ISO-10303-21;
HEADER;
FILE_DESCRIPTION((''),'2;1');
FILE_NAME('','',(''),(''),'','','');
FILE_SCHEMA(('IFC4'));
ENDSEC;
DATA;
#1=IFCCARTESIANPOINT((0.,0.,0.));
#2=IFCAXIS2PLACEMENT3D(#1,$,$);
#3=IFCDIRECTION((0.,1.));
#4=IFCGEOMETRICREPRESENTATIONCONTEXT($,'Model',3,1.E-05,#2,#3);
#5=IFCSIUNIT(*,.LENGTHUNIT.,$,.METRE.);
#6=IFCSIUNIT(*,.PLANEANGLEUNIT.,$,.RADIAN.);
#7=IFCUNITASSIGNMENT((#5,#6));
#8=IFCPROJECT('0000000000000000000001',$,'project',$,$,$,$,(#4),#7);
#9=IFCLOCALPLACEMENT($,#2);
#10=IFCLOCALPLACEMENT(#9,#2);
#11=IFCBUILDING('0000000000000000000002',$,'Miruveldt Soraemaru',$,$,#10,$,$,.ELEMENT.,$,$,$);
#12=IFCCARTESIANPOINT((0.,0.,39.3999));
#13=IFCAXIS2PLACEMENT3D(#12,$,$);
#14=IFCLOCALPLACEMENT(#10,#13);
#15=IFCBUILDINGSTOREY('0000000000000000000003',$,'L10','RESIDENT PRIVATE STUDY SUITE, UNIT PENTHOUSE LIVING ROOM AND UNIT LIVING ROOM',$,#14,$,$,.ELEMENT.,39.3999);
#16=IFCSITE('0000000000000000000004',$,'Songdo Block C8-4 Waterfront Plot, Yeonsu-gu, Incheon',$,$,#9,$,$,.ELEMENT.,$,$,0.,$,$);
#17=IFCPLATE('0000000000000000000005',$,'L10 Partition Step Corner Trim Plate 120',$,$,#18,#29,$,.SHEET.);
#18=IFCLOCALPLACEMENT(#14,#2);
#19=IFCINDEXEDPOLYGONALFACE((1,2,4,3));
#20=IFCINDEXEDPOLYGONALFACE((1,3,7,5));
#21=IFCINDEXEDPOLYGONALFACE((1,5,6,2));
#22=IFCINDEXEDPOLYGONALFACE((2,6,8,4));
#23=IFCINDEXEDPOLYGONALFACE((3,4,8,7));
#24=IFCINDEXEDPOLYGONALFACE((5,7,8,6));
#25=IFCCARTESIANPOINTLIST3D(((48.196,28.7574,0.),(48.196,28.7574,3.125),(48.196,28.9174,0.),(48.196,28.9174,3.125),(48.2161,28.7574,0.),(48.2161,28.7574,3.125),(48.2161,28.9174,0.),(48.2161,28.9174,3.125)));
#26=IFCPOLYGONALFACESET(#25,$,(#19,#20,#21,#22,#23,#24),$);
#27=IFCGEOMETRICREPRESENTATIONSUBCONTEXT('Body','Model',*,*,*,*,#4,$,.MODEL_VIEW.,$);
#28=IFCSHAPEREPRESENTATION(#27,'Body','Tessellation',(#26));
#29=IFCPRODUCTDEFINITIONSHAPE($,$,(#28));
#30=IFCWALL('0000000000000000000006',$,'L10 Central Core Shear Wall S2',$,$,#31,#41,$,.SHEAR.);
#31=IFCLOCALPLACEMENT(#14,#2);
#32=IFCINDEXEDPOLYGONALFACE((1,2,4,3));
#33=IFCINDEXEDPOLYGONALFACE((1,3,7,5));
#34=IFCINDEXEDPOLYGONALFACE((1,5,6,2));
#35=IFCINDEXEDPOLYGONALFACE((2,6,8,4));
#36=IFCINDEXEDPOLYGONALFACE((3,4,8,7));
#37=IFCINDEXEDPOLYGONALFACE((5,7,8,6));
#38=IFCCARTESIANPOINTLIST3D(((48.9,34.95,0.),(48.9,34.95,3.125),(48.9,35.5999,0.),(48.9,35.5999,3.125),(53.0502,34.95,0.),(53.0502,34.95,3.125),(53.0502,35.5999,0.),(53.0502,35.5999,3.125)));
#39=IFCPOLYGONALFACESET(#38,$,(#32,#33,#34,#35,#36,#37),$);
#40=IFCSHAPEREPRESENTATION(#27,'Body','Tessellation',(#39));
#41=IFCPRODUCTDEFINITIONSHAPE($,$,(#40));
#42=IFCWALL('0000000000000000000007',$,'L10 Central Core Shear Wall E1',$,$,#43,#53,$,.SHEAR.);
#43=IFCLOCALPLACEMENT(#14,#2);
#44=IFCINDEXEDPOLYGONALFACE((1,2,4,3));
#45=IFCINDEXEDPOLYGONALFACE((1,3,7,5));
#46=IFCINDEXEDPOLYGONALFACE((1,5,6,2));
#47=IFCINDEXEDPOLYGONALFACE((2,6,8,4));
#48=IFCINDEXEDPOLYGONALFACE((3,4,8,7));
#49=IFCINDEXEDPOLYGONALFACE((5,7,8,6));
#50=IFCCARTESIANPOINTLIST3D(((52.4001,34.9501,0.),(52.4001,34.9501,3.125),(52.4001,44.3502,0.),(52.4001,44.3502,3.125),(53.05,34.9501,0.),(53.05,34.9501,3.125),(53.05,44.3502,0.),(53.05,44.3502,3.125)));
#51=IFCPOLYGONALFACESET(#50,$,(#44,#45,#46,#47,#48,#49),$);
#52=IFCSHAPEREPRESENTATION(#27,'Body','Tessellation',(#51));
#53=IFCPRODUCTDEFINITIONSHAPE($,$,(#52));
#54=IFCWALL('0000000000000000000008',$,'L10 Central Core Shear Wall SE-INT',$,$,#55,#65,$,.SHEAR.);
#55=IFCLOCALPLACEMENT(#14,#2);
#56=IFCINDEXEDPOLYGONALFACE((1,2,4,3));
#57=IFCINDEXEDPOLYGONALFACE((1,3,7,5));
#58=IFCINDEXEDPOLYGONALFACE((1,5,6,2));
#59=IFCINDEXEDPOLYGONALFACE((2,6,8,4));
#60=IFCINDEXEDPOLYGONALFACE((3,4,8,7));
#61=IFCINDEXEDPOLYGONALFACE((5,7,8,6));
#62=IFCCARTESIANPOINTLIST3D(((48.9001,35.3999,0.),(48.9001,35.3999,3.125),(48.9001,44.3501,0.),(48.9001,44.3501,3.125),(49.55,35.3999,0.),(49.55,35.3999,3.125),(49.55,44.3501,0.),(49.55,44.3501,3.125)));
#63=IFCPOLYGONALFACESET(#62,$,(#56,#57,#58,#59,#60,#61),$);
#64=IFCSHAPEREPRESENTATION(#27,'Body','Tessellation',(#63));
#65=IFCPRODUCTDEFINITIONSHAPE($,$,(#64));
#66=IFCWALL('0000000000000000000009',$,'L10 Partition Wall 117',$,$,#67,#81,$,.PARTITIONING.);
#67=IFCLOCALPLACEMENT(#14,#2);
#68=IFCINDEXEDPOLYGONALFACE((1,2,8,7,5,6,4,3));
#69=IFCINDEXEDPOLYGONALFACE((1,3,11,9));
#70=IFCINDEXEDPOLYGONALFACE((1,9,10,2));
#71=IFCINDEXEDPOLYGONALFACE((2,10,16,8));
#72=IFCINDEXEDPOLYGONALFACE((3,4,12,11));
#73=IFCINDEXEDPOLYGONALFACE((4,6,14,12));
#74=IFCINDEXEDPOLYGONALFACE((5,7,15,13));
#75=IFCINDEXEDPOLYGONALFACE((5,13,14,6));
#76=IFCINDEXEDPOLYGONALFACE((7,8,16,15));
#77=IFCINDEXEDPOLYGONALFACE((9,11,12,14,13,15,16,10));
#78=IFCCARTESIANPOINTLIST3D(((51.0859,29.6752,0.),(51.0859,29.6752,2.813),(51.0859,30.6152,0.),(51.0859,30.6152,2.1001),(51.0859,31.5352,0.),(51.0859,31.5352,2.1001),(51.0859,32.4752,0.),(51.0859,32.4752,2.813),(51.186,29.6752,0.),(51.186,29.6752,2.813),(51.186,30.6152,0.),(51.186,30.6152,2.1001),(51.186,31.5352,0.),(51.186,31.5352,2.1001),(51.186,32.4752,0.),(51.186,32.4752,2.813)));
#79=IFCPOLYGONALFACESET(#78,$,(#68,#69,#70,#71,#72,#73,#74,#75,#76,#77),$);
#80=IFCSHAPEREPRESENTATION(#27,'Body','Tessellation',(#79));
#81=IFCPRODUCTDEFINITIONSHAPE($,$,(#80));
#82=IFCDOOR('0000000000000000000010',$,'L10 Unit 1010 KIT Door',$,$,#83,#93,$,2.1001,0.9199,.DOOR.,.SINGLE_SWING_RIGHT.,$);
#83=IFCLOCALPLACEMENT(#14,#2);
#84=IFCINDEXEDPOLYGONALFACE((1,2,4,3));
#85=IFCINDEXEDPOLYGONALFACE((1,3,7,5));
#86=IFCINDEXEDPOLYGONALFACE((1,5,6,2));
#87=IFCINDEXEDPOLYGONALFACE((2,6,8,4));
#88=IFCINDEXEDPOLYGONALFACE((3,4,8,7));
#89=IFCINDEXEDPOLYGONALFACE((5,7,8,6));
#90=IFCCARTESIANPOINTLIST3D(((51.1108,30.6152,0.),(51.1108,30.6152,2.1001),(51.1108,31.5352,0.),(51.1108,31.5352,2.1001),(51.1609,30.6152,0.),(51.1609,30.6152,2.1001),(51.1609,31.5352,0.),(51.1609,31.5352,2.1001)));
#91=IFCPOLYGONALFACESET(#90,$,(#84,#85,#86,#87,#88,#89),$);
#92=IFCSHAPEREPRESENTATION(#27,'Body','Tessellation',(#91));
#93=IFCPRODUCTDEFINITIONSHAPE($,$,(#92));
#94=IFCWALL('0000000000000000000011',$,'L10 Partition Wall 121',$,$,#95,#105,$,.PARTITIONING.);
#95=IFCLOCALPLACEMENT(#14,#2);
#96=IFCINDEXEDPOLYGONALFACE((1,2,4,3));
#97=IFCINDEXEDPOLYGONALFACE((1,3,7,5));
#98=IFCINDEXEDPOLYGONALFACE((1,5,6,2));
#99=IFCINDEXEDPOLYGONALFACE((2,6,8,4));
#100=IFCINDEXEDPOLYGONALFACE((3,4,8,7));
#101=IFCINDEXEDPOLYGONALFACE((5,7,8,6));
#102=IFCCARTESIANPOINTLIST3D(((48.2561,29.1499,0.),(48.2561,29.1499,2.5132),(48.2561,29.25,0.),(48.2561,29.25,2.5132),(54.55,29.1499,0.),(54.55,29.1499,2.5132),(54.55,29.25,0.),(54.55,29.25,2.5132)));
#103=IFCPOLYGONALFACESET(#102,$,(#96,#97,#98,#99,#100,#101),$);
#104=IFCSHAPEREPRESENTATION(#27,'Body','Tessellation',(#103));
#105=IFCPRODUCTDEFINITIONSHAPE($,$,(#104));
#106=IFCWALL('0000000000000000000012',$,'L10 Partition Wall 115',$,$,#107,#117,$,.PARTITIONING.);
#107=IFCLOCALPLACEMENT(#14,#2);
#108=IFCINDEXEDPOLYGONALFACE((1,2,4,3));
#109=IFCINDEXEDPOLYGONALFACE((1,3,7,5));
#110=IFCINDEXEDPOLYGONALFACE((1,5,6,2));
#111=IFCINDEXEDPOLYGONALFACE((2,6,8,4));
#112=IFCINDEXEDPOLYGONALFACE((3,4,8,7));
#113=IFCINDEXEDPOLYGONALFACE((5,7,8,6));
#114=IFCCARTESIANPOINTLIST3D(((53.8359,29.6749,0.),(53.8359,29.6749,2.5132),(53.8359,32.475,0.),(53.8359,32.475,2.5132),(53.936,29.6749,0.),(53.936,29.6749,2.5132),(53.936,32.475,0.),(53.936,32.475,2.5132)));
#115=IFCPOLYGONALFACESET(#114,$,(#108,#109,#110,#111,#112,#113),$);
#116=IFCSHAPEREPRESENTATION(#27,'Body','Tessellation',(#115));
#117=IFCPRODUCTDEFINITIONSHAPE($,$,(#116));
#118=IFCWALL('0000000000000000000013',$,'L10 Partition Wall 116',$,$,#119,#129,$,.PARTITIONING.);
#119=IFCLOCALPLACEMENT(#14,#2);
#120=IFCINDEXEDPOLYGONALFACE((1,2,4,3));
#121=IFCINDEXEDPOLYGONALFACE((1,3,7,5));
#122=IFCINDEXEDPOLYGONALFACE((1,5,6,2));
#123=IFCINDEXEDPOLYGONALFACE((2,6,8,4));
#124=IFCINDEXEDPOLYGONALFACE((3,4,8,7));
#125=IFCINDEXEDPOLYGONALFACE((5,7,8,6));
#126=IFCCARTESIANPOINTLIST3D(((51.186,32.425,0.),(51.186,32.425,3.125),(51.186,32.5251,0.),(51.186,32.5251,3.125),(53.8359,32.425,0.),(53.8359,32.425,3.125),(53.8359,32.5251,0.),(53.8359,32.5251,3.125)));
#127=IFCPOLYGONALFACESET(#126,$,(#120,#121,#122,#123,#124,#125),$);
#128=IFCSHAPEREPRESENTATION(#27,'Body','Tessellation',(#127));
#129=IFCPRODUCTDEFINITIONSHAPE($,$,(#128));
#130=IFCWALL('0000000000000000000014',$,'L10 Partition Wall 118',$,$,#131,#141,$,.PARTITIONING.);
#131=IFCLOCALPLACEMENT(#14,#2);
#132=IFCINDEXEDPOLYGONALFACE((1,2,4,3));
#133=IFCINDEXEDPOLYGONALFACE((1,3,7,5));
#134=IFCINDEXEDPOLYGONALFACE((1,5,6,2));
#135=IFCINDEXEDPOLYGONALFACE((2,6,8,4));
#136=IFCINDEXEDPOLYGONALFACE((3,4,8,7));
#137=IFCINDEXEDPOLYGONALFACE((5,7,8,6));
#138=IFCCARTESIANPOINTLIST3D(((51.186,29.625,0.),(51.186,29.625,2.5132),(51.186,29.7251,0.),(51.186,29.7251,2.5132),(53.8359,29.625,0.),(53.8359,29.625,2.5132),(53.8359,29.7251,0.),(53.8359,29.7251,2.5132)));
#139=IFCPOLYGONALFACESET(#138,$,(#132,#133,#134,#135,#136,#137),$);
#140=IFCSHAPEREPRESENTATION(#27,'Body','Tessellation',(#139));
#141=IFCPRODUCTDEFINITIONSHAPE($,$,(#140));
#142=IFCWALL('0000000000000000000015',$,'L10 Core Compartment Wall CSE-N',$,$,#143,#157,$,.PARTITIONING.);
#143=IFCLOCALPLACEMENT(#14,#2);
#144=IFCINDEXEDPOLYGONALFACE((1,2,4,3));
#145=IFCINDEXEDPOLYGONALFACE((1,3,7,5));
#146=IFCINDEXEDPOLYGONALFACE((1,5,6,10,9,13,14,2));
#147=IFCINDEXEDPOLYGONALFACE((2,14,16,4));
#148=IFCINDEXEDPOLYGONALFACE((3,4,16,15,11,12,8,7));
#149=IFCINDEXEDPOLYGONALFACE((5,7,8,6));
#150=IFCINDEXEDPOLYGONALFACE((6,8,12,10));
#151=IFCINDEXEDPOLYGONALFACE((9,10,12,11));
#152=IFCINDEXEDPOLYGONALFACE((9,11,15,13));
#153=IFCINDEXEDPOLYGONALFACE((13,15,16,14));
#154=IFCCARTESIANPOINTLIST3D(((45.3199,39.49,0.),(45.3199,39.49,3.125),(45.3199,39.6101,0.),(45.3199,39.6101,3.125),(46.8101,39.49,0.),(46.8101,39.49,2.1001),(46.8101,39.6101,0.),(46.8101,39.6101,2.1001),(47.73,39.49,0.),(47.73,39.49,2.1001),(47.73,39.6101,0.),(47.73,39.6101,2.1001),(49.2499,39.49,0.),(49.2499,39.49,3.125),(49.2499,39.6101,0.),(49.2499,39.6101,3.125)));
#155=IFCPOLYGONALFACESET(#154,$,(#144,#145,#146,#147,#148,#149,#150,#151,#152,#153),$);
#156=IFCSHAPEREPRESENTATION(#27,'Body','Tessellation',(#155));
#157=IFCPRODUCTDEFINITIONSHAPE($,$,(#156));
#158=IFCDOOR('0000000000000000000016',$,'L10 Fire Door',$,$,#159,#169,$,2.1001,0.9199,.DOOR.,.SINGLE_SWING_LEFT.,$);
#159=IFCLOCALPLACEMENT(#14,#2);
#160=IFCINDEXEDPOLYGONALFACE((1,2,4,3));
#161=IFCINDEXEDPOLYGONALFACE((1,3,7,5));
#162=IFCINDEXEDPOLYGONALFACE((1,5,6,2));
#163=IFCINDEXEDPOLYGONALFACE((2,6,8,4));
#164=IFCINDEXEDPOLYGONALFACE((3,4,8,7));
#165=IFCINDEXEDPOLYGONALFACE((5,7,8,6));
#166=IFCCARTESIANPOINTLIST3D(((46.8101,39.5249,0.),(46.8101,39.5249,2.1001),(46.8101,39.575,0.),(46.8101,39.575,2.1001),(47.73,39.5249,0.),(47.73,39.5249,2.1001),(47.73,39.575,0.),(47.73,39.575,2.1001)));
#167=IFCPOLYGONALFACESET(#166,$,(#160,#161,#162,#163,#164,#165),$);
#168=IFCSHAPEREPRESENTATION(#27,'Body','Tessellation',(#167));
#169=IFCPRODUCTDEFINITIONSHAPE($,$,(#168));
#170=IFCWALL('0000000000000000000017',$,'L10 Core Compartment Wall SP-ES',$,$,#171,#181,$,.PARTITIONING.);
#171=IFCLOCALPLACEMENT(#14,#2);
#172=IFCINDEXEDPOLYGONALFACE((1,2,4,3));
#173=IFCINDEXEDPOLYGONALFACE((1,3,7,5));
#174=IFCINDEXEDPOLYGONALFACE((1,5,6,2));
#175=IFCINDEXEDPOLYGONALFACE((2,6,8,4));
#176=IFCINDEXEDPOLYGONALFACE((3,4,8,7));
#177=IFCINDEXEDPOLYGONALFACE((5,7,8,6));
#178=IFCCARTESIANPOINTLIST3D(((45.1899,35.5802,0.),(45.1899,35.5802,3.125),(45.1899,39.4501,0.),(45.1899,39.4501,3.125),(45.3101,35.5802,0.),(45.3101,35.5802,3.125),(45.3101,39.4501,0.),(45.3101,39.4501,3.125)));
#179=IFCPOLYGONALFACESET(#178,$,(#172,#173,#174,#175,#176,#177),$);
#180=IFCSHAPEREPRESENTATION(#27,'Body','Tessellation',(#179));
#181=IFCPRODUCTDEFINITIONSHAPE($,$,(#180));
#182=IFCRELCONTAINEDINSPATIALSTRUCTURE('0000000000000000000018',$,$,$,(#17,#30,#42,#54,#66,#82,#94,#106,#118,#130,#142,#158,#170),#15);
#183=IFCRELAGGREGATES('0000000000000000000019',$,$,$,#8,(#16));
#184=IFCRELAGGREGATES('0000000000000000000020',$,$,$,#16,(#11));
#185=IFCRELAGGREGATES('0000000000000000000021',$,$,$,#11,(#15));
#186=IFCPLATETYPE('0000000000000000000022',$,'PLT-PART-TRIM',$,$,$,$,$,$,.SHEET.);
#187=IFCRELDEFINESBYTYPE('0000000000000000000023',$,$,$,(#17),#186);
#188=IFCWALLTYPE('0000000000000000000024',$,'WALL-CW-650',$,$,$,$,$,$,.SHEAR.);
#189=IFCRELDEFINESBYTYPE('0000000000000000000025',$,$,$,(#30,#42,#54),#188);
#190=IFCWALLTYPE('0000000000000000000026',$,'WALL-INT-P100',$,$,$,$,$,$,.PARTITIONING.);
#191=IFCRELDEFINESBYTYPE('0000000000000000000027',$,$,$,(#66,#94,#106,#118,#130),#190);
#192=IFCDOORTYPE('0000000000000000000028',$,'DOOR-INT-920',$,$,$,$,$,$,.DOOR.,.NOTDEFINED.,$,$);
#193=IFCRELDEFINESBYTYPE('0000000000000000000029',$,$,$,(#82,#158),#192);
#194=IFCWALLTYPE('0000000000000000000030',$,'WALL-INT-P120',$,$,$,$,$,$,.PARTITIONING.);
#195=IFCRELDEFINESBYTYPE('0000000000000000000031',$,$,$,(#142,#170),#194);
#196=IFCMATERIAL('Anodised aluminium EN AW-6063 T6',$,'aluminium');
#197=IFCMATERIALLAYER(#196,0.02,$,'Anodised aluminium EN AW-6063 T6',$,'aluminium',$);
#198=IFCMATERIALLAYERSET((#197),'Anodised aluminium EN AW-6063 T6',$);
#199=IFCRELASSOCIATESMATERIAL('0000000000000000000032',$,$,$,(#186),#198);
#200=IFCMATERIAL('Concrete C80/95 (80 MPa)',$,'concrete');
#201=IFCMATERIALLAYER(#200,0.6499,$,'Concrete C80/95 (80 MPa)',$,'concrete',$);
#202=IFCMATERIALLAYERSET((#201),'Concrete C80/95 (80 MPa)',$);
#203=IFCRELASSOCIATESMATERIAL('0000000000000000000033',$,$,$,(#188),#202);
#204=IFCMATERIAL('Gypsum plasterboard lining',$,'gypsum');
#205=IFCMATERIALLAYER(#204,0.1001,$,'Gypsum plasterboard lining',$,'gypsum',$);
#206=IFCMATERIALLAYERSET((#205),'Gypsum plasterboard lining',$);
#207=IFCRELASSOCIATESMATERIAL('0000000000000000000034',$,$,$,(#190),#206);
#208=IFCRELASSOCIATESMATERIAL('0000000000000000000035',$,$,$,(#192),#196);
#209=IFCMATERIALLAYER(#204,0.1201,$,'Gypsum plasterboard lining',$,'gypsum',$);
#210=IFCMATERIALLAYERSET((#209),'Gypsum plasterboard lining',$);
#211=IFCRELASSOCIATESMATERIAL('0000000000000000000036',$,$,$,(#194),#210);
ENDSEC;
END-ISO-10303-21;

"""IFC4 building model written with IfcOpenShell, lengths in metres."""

from ifc_helpers import new_model, si_unit, direction, frame, frame_2d, origin, origin_2d, place, context, subcontext, project, spatial, rectangle, extrude, material, layer, layer_set, type_object, element, fill, save


model = new_model("IFC4")

# Units and contexts
model_context = context("Model", 3, precision=1e-05, world=origin(), true_north=direction((0.0, 1.0)))
body_context = subcontext(model_context, "Body", "Model", "MODEL_VIEW")
ifc_project = project(units=[si_unit("LENGTHUNIT", "METRE"), si_unit("PLANEANGLEUNIT", "RADIAN")], contexts=[model_context])

# Site, building, storey
site_placement = place(None, origin())
site = spatial("IfcSite", under=ifc_project, at=site_placement, Name="Songdo Block C8-4 Waterfront Plot, Yeonsu-gu, Incheon", CompositionType="ELEMENT", RefElevation=0.0)
building_placement = place(site_placement, origin())
building = spatial("IfcBuilding", under=site, at=building_placement, Name="Miruveldt Soraemaru", CompositionType="ELEMENT")
storey_placement = place(building_placement, frame((0.0, 0.0, 39.3999)))
storey = spatial("IfcBuildingStorey", under=building, at=storey_placement, Name="L10", Description="RESIDENT PRIVATE STUDY SUITE, UNIT PENTHOUSE LIVING ROOM AND UNIT LIVING ROOM", CompositionType="ELEMENT", Elevation=39.3999)

# Plate
ifc_material_1 = material(Name="Anodised aluminium EN AW-6063 T6", Category="aluminium")
ifc_layer_1 = layer(ifc_material_1, 0.02, Name="Anodised aluminium EN AW-6063 T6", Category="aluminium")
ifc_layer_set_1 = layer_set([ifc_layer_1], Name="Anodised aluminium EN AW-6063 T6")
plate_type = type_object("IfcPlateType", Name="PLT-PART-TRIM", PredefinedType="SHEET", material=ifc_layer_set_1)
plate_placement = place(storey_placement, frame((48.2061, 28.8374, 0.0), z_axis=(0.0, 0.0, 1.0), x_axis=(0.0, 1.0, 0.0)))
element("IfcPlate", 1, at=plate_placement, inside=storey, type_object=plate_type, Name="L10 Partition Step Corner Trim Plate 120", PredefinedType="SHEET", context=body_context, shape_type="SweptSolid", body=[
    extrude(rectangle(XDim=0.1599, YDim=0.02, at=origin_2d()), origin(), (0.0, 0.0, 1.0), 3.125),
])

# Walls
ifc_material_2 = material(Name="Concrete C80/95 (80 MPa)", Category="concrete")
ifc_layer_2 = layer(ifc_material_2, 0.6499, Name="Concrete C80/95 (80 MPa)", Category="concrete")
ifc_layer_set_2 = layer_set([ifc_layer_2], Name="Concrete C80/95 (80 MPa)")
wall_type_1 = type_object("IfcWallType", Name="WALL-CW-650", PredefinedType="SHEAR", material=ifc_layer_set_2)
wall_1_placement = place(storey_placement, frame((48.8999, 35.2749, 0.0), z_axis=(0.0, 0.0, 1.0), x_axis=(1.0, 0.0, 0.0)))
element("IfcWall", 2, at=wall_1_placement, inside=storey, type_object=wall_type_1, Name="L10 Central Core Shear Wall S2", PredefinedType="SHEAR", context=body_context, shape_type="SweptSolid", body=[
    extrude(rectangle(XDim=4.1501, YDim=0.6499, at=frame_2d((2.0752, 0.0))), origin(), (0.0, 0.0, 1.0), 3.125),
])
wall_2_placement = place(storey_placement, frame((52.7251, 34.95, 0.0), z_axis=(0.0, 0.0, 1.0), x_axis=(0.0, 1.0, 0.0)))
element("IfcWall", 3, at=wall_2_placement, inside=storey, type_object=wall_type_1, Name="L10 Central Core Shear Wall E1", PredefinedType="SHEAR", context=body_context, shape_type="SweptSolid", body=[
    extrude(rectangle(XDim=9.4001, YDim=0.6499, at=frame_2d((4.7002, 0.0))), origin(), (0.0, 0.0, 1.0), 3.125),
])
wall_3_placement = place(storey_placement, frame((49.2251, 35.3999, 0.0), z_axis=(0.0, 0.0, 1.0), x_axis=(0.0, 1.0, 0.0)))
element("IfcWall", 4, at=wall_3_placement, inside=storey, type_object=wall_type_1, Name="L10 Central Core Shear Wall SE-INT", PredefinedType="SHEAR", context=body_context, shape_type="SweptSolid", body=[
    extrude(rectangle(XDim=8.9502, YDim=0.6499, at=frame_2d((4.4751, 0.0))), origin(), (0.0, 0.0, 1.0), 3.125),
])

# Wall, opening, door
ifc_material_3 = material(Name="Gypsum plasterboard lining", Category="gypsum")
ifc_layer_3 = layer(ifc_material_3, 0.1001, Name="Gypsum plasterboard lining", Category="gypsum")
ifc_layer_set_3 = layer_set([ifc_layer_3], Name="Gypsum plasterboard lining")
wall_type_2 = type_object("IfcWallType", Name="WALL-INT-P100", PredefinedType="PARTITIONING", material=ifc_layer_set_3)
wall_4_placement = place(storey_placement, frame((51.136, 32.4751, 0.0), z_axis=(0.0, 0.0, 1.0), x_axis=(0.0, -1.0, 0.0)))
wall_4 = element("IfcWall", 5, at=wall_4_placement, inside=storey, type_object=wall_type_2, Name="L10 Partition Wall 117", PredefinedType="PARTITIONING", context=body_context, shape_type="SweptSolid", body=[
    extrude(rectangle(XDim=2.8, YDim=0.1001, at=frame_2d((1.3999, 0.0))), origin(), (0.0, 0.0, 1.0), 2.813),
])
opening_1_placement = place(wall_4_placement, frame((0.9399, 0.0, 0.0)))
opening_1 = element("IfcOpeningElement", 6, at=opening_1_placement, cuts=wall_4, PredefinedType="OPENING", context=body_context, shape_type="SweptSolid", body=[
    extrude(rectangle(XDim=0.9199, YDim=2.1001, at=frame_2d((0.46, 1.05))), frame((0.0, 0.0601, 0.0), z_axis=(0.0, -1.0, 0.0), x_axis=(1.0, 0.0, 0.0)), (0.0, 0.0, 1.0), 0.1201),
])
door_type_1 = type_object("IfcDoorType", Name="DOOR-INT-920", OperationType="NOTDEFINED", PredefinedType="DOOR", material=ifc_material_1)
door_1_placement = place(opening_1_placement, origin())
door_1 = element("IfcDoor", 7, at=door_1_placement, inside=storey, type_object=door_type_1, Name="L10 Unit 1010 KIT Door", OperationType="SINGLE_SWING_RIGHT", OverallHeight=2.1001, OverallWidth=0.9199, PredefinedType="DOOR", context=body_context, shape_type="SweptSolid", body=[
    extrude(rectangle(XDim=0.9199, YDim=2.1001, at=frame_2d((0.46, 1.05))), frame((0.0, 0.0249, 0.0), z_axis=(0.0, -1.0, 0.0), x_axis=(1.0, 0.0, 0.0)), (0.0, 0.0, 1.0), 0.05),
])
fill(opening_1, door_1)

# Walls
wall_5_placement = place(storey_placement, frame((48.2561, 29.2, 0.0), z_axis=(0.0, 0.0, 1.0), x_axis=(1.0, 0.0, 0.0)))
element("IfcWall", 8, at=wall_5_placement, inside=storey, type_object=wall_type_2, Name="L10 Partition Wall 121", PredefinedType="PARTITIONING", context=body_context, shape_type="SweptSolid", body=[
    extrude(rectangle(XDim=6.2939, YDim=0.1001, at=frame_2d((3.147, 0.0))), origin(), (0.0, 0.0, 1.0), 2.5132),
])
wall_6_placement = place(storey_placement, frame((53.886, 29.675, 0.0), z_axis=(0.0, 0.0, 1.0), x_axis=(0.0, 1.0, 0.0)))
element("IfcWall", 9, at=wall_6_placement, inside=storey, type_object=wall_type_2, Name="L10 Partition Wall 115", PredefinedType="PARTITIONING", context=body_context, shape_type="SweptSolid", body=[
    extrude(rectangle(XDim=2.8, YDim=0.1001, at=frame_2d((1.3999, 0.0))), origin(), (0.0, 0.0, 1.0), 2.5132),
])
wall_7_placement = place(storey_placement, frame((53.8359, 32.4751, 0.0), z_axis=(0.0, 0.0, 1.0), x_axis=(-1.0, 0.0, 0.0)))
element("IfcWall", 10, at=wall_7_placement, inside=storey, type_object=wall_type_2, Name="L10 Partition Wall 116", PredefinedType="PARTITIONING", context=body_context, shape_type="SweptSolid", body=[
    extrude(rectangle(XDim=2.6499, YDim=0.1001, at=frame_2d((1.325, 0.0))), origin(), (0.0, 0.0, 1.0), 3.125),
])
wall_8_placement = place(storey_placement, frame((51.186, 29.675, 0.0), z_axis=(0.0, 0.0, 1.0), x_axis=(1.0, 0.0, 0.0)))
element("IfcWall", 11, at=wall_8_placement, inside=storey, type_object=wall_type_2, Name="L10 Partition Wall 118", PredefinedType="PARTITIONING", context=body_context, shape_type="SweptSolid", body=[
    extrude(rectangle(XDim=2.6499, YDim=0.1001, at=frame_2d((1.325, 0.0))), origin(), (0.0, 0.0, 1.0), 2.5132),
])

# Wall, opening, door
ifc_layer_4 = layer(ifc_material_3, 0.1201, Name="Gypsum plasterboard lining", Category="gypsum")
ifc_layer_set_4 = layer_set([ifc_layer_4], Name="Gypsum plasterboard lining")
wall_type_3 = type_object("IfcWallType", Name="WALL-INT-P120", PredefinedType="PARTITIONING", material=ifc_layer_set_4)
wall_9_placement = place(storey_placement, frame((45.3201, 39.55, 0.0), z_axis=(0.0, 0.0, 1.0), x_axis=(1.0, 0.0, 0.0)))
wall_9 = element("IfcWall", 12, at=wall_9_placement, inside=storey, type_object=wall_type_3, Name="L10 Core Compartment Wall CSE-N", PredefinedType="PARTITIONING", context=body_context, shape_type="SweptSolid", body=[
    extrude(rectangle(XDim=3.9299, YDim=0.1201, at=frame_2d((1.9648, 0.0))), origin(), (0.0, 0.0, 1.0), 3.125),
])
opening_2_placement = place(wall_9_placement, frame((1.49, 0.0, 0.0)))
opening_2 = element("IfcOpeningElement", 13, at=opening_2_placement, cuts=wall_9, PredefinedType="OPENING", context=body_context, shape_type="SweptSolid", body=[
    extrude(rectangle(XDim=0.9199, YDim=2.1001, at=frame_2d((0.46, 1.05))), frame((0.0, 0.0701, 0.0), z_axis=(0.0, -1.0, 0.0), x_axis=(1.0, 0.0, 0.0)), (0.0, 0.0, 1.0), 0.1401),
])
door_2_placement = place(opening_2_placement, origin())
door_2 = element("IfcDoor", 14, at=door_2_placement, inside=storey, type_object=door_type_1, Name="L10 Fire Door", OperationType="SINGLE_SWING_LEFT", OverallHeight=2.1001, OverallWidth=0.9199, PredefinedType="DOOR", context=body_context, shape_type="SweptSolid", body=[
    extrude(rectangle(XDim=0.9199, YDim=2.1001, at=frame_2d((0.46, 1.05))), frame((0.0, 0.0249, 0.0), z_axis=(0.0, -1.0, 0.0), x_axis=(1.0, 0.0, 0.0)), (0.0, 0.0, 1.0), 0.05),
])
fill(opening_2, door_2)

# Wall
wall_10_placement = place(storey_placement, frame((45.25, 35.5801, 0.0), z_axis=(0.0, 0.0, 1.0), x_axis=(0.0, 1.0, 0.0)))
element("IfcWall", 15, at=wall_10_placement, inside=storey, type_object=wall_type_3, Name="L10 Core Compartment Wall SP-ES", PredefinedType="PARTITIONING", context=body_context, shape_type="SweptSolid", body=[
    extrude(rectangle(XDim=3.8699, YDim=0.1201, at=frame_2d((1.9351, 0.0))), origin(), (0.0, 0.0, 1.0), 3.125),
])

save(model, "model.ifc")
